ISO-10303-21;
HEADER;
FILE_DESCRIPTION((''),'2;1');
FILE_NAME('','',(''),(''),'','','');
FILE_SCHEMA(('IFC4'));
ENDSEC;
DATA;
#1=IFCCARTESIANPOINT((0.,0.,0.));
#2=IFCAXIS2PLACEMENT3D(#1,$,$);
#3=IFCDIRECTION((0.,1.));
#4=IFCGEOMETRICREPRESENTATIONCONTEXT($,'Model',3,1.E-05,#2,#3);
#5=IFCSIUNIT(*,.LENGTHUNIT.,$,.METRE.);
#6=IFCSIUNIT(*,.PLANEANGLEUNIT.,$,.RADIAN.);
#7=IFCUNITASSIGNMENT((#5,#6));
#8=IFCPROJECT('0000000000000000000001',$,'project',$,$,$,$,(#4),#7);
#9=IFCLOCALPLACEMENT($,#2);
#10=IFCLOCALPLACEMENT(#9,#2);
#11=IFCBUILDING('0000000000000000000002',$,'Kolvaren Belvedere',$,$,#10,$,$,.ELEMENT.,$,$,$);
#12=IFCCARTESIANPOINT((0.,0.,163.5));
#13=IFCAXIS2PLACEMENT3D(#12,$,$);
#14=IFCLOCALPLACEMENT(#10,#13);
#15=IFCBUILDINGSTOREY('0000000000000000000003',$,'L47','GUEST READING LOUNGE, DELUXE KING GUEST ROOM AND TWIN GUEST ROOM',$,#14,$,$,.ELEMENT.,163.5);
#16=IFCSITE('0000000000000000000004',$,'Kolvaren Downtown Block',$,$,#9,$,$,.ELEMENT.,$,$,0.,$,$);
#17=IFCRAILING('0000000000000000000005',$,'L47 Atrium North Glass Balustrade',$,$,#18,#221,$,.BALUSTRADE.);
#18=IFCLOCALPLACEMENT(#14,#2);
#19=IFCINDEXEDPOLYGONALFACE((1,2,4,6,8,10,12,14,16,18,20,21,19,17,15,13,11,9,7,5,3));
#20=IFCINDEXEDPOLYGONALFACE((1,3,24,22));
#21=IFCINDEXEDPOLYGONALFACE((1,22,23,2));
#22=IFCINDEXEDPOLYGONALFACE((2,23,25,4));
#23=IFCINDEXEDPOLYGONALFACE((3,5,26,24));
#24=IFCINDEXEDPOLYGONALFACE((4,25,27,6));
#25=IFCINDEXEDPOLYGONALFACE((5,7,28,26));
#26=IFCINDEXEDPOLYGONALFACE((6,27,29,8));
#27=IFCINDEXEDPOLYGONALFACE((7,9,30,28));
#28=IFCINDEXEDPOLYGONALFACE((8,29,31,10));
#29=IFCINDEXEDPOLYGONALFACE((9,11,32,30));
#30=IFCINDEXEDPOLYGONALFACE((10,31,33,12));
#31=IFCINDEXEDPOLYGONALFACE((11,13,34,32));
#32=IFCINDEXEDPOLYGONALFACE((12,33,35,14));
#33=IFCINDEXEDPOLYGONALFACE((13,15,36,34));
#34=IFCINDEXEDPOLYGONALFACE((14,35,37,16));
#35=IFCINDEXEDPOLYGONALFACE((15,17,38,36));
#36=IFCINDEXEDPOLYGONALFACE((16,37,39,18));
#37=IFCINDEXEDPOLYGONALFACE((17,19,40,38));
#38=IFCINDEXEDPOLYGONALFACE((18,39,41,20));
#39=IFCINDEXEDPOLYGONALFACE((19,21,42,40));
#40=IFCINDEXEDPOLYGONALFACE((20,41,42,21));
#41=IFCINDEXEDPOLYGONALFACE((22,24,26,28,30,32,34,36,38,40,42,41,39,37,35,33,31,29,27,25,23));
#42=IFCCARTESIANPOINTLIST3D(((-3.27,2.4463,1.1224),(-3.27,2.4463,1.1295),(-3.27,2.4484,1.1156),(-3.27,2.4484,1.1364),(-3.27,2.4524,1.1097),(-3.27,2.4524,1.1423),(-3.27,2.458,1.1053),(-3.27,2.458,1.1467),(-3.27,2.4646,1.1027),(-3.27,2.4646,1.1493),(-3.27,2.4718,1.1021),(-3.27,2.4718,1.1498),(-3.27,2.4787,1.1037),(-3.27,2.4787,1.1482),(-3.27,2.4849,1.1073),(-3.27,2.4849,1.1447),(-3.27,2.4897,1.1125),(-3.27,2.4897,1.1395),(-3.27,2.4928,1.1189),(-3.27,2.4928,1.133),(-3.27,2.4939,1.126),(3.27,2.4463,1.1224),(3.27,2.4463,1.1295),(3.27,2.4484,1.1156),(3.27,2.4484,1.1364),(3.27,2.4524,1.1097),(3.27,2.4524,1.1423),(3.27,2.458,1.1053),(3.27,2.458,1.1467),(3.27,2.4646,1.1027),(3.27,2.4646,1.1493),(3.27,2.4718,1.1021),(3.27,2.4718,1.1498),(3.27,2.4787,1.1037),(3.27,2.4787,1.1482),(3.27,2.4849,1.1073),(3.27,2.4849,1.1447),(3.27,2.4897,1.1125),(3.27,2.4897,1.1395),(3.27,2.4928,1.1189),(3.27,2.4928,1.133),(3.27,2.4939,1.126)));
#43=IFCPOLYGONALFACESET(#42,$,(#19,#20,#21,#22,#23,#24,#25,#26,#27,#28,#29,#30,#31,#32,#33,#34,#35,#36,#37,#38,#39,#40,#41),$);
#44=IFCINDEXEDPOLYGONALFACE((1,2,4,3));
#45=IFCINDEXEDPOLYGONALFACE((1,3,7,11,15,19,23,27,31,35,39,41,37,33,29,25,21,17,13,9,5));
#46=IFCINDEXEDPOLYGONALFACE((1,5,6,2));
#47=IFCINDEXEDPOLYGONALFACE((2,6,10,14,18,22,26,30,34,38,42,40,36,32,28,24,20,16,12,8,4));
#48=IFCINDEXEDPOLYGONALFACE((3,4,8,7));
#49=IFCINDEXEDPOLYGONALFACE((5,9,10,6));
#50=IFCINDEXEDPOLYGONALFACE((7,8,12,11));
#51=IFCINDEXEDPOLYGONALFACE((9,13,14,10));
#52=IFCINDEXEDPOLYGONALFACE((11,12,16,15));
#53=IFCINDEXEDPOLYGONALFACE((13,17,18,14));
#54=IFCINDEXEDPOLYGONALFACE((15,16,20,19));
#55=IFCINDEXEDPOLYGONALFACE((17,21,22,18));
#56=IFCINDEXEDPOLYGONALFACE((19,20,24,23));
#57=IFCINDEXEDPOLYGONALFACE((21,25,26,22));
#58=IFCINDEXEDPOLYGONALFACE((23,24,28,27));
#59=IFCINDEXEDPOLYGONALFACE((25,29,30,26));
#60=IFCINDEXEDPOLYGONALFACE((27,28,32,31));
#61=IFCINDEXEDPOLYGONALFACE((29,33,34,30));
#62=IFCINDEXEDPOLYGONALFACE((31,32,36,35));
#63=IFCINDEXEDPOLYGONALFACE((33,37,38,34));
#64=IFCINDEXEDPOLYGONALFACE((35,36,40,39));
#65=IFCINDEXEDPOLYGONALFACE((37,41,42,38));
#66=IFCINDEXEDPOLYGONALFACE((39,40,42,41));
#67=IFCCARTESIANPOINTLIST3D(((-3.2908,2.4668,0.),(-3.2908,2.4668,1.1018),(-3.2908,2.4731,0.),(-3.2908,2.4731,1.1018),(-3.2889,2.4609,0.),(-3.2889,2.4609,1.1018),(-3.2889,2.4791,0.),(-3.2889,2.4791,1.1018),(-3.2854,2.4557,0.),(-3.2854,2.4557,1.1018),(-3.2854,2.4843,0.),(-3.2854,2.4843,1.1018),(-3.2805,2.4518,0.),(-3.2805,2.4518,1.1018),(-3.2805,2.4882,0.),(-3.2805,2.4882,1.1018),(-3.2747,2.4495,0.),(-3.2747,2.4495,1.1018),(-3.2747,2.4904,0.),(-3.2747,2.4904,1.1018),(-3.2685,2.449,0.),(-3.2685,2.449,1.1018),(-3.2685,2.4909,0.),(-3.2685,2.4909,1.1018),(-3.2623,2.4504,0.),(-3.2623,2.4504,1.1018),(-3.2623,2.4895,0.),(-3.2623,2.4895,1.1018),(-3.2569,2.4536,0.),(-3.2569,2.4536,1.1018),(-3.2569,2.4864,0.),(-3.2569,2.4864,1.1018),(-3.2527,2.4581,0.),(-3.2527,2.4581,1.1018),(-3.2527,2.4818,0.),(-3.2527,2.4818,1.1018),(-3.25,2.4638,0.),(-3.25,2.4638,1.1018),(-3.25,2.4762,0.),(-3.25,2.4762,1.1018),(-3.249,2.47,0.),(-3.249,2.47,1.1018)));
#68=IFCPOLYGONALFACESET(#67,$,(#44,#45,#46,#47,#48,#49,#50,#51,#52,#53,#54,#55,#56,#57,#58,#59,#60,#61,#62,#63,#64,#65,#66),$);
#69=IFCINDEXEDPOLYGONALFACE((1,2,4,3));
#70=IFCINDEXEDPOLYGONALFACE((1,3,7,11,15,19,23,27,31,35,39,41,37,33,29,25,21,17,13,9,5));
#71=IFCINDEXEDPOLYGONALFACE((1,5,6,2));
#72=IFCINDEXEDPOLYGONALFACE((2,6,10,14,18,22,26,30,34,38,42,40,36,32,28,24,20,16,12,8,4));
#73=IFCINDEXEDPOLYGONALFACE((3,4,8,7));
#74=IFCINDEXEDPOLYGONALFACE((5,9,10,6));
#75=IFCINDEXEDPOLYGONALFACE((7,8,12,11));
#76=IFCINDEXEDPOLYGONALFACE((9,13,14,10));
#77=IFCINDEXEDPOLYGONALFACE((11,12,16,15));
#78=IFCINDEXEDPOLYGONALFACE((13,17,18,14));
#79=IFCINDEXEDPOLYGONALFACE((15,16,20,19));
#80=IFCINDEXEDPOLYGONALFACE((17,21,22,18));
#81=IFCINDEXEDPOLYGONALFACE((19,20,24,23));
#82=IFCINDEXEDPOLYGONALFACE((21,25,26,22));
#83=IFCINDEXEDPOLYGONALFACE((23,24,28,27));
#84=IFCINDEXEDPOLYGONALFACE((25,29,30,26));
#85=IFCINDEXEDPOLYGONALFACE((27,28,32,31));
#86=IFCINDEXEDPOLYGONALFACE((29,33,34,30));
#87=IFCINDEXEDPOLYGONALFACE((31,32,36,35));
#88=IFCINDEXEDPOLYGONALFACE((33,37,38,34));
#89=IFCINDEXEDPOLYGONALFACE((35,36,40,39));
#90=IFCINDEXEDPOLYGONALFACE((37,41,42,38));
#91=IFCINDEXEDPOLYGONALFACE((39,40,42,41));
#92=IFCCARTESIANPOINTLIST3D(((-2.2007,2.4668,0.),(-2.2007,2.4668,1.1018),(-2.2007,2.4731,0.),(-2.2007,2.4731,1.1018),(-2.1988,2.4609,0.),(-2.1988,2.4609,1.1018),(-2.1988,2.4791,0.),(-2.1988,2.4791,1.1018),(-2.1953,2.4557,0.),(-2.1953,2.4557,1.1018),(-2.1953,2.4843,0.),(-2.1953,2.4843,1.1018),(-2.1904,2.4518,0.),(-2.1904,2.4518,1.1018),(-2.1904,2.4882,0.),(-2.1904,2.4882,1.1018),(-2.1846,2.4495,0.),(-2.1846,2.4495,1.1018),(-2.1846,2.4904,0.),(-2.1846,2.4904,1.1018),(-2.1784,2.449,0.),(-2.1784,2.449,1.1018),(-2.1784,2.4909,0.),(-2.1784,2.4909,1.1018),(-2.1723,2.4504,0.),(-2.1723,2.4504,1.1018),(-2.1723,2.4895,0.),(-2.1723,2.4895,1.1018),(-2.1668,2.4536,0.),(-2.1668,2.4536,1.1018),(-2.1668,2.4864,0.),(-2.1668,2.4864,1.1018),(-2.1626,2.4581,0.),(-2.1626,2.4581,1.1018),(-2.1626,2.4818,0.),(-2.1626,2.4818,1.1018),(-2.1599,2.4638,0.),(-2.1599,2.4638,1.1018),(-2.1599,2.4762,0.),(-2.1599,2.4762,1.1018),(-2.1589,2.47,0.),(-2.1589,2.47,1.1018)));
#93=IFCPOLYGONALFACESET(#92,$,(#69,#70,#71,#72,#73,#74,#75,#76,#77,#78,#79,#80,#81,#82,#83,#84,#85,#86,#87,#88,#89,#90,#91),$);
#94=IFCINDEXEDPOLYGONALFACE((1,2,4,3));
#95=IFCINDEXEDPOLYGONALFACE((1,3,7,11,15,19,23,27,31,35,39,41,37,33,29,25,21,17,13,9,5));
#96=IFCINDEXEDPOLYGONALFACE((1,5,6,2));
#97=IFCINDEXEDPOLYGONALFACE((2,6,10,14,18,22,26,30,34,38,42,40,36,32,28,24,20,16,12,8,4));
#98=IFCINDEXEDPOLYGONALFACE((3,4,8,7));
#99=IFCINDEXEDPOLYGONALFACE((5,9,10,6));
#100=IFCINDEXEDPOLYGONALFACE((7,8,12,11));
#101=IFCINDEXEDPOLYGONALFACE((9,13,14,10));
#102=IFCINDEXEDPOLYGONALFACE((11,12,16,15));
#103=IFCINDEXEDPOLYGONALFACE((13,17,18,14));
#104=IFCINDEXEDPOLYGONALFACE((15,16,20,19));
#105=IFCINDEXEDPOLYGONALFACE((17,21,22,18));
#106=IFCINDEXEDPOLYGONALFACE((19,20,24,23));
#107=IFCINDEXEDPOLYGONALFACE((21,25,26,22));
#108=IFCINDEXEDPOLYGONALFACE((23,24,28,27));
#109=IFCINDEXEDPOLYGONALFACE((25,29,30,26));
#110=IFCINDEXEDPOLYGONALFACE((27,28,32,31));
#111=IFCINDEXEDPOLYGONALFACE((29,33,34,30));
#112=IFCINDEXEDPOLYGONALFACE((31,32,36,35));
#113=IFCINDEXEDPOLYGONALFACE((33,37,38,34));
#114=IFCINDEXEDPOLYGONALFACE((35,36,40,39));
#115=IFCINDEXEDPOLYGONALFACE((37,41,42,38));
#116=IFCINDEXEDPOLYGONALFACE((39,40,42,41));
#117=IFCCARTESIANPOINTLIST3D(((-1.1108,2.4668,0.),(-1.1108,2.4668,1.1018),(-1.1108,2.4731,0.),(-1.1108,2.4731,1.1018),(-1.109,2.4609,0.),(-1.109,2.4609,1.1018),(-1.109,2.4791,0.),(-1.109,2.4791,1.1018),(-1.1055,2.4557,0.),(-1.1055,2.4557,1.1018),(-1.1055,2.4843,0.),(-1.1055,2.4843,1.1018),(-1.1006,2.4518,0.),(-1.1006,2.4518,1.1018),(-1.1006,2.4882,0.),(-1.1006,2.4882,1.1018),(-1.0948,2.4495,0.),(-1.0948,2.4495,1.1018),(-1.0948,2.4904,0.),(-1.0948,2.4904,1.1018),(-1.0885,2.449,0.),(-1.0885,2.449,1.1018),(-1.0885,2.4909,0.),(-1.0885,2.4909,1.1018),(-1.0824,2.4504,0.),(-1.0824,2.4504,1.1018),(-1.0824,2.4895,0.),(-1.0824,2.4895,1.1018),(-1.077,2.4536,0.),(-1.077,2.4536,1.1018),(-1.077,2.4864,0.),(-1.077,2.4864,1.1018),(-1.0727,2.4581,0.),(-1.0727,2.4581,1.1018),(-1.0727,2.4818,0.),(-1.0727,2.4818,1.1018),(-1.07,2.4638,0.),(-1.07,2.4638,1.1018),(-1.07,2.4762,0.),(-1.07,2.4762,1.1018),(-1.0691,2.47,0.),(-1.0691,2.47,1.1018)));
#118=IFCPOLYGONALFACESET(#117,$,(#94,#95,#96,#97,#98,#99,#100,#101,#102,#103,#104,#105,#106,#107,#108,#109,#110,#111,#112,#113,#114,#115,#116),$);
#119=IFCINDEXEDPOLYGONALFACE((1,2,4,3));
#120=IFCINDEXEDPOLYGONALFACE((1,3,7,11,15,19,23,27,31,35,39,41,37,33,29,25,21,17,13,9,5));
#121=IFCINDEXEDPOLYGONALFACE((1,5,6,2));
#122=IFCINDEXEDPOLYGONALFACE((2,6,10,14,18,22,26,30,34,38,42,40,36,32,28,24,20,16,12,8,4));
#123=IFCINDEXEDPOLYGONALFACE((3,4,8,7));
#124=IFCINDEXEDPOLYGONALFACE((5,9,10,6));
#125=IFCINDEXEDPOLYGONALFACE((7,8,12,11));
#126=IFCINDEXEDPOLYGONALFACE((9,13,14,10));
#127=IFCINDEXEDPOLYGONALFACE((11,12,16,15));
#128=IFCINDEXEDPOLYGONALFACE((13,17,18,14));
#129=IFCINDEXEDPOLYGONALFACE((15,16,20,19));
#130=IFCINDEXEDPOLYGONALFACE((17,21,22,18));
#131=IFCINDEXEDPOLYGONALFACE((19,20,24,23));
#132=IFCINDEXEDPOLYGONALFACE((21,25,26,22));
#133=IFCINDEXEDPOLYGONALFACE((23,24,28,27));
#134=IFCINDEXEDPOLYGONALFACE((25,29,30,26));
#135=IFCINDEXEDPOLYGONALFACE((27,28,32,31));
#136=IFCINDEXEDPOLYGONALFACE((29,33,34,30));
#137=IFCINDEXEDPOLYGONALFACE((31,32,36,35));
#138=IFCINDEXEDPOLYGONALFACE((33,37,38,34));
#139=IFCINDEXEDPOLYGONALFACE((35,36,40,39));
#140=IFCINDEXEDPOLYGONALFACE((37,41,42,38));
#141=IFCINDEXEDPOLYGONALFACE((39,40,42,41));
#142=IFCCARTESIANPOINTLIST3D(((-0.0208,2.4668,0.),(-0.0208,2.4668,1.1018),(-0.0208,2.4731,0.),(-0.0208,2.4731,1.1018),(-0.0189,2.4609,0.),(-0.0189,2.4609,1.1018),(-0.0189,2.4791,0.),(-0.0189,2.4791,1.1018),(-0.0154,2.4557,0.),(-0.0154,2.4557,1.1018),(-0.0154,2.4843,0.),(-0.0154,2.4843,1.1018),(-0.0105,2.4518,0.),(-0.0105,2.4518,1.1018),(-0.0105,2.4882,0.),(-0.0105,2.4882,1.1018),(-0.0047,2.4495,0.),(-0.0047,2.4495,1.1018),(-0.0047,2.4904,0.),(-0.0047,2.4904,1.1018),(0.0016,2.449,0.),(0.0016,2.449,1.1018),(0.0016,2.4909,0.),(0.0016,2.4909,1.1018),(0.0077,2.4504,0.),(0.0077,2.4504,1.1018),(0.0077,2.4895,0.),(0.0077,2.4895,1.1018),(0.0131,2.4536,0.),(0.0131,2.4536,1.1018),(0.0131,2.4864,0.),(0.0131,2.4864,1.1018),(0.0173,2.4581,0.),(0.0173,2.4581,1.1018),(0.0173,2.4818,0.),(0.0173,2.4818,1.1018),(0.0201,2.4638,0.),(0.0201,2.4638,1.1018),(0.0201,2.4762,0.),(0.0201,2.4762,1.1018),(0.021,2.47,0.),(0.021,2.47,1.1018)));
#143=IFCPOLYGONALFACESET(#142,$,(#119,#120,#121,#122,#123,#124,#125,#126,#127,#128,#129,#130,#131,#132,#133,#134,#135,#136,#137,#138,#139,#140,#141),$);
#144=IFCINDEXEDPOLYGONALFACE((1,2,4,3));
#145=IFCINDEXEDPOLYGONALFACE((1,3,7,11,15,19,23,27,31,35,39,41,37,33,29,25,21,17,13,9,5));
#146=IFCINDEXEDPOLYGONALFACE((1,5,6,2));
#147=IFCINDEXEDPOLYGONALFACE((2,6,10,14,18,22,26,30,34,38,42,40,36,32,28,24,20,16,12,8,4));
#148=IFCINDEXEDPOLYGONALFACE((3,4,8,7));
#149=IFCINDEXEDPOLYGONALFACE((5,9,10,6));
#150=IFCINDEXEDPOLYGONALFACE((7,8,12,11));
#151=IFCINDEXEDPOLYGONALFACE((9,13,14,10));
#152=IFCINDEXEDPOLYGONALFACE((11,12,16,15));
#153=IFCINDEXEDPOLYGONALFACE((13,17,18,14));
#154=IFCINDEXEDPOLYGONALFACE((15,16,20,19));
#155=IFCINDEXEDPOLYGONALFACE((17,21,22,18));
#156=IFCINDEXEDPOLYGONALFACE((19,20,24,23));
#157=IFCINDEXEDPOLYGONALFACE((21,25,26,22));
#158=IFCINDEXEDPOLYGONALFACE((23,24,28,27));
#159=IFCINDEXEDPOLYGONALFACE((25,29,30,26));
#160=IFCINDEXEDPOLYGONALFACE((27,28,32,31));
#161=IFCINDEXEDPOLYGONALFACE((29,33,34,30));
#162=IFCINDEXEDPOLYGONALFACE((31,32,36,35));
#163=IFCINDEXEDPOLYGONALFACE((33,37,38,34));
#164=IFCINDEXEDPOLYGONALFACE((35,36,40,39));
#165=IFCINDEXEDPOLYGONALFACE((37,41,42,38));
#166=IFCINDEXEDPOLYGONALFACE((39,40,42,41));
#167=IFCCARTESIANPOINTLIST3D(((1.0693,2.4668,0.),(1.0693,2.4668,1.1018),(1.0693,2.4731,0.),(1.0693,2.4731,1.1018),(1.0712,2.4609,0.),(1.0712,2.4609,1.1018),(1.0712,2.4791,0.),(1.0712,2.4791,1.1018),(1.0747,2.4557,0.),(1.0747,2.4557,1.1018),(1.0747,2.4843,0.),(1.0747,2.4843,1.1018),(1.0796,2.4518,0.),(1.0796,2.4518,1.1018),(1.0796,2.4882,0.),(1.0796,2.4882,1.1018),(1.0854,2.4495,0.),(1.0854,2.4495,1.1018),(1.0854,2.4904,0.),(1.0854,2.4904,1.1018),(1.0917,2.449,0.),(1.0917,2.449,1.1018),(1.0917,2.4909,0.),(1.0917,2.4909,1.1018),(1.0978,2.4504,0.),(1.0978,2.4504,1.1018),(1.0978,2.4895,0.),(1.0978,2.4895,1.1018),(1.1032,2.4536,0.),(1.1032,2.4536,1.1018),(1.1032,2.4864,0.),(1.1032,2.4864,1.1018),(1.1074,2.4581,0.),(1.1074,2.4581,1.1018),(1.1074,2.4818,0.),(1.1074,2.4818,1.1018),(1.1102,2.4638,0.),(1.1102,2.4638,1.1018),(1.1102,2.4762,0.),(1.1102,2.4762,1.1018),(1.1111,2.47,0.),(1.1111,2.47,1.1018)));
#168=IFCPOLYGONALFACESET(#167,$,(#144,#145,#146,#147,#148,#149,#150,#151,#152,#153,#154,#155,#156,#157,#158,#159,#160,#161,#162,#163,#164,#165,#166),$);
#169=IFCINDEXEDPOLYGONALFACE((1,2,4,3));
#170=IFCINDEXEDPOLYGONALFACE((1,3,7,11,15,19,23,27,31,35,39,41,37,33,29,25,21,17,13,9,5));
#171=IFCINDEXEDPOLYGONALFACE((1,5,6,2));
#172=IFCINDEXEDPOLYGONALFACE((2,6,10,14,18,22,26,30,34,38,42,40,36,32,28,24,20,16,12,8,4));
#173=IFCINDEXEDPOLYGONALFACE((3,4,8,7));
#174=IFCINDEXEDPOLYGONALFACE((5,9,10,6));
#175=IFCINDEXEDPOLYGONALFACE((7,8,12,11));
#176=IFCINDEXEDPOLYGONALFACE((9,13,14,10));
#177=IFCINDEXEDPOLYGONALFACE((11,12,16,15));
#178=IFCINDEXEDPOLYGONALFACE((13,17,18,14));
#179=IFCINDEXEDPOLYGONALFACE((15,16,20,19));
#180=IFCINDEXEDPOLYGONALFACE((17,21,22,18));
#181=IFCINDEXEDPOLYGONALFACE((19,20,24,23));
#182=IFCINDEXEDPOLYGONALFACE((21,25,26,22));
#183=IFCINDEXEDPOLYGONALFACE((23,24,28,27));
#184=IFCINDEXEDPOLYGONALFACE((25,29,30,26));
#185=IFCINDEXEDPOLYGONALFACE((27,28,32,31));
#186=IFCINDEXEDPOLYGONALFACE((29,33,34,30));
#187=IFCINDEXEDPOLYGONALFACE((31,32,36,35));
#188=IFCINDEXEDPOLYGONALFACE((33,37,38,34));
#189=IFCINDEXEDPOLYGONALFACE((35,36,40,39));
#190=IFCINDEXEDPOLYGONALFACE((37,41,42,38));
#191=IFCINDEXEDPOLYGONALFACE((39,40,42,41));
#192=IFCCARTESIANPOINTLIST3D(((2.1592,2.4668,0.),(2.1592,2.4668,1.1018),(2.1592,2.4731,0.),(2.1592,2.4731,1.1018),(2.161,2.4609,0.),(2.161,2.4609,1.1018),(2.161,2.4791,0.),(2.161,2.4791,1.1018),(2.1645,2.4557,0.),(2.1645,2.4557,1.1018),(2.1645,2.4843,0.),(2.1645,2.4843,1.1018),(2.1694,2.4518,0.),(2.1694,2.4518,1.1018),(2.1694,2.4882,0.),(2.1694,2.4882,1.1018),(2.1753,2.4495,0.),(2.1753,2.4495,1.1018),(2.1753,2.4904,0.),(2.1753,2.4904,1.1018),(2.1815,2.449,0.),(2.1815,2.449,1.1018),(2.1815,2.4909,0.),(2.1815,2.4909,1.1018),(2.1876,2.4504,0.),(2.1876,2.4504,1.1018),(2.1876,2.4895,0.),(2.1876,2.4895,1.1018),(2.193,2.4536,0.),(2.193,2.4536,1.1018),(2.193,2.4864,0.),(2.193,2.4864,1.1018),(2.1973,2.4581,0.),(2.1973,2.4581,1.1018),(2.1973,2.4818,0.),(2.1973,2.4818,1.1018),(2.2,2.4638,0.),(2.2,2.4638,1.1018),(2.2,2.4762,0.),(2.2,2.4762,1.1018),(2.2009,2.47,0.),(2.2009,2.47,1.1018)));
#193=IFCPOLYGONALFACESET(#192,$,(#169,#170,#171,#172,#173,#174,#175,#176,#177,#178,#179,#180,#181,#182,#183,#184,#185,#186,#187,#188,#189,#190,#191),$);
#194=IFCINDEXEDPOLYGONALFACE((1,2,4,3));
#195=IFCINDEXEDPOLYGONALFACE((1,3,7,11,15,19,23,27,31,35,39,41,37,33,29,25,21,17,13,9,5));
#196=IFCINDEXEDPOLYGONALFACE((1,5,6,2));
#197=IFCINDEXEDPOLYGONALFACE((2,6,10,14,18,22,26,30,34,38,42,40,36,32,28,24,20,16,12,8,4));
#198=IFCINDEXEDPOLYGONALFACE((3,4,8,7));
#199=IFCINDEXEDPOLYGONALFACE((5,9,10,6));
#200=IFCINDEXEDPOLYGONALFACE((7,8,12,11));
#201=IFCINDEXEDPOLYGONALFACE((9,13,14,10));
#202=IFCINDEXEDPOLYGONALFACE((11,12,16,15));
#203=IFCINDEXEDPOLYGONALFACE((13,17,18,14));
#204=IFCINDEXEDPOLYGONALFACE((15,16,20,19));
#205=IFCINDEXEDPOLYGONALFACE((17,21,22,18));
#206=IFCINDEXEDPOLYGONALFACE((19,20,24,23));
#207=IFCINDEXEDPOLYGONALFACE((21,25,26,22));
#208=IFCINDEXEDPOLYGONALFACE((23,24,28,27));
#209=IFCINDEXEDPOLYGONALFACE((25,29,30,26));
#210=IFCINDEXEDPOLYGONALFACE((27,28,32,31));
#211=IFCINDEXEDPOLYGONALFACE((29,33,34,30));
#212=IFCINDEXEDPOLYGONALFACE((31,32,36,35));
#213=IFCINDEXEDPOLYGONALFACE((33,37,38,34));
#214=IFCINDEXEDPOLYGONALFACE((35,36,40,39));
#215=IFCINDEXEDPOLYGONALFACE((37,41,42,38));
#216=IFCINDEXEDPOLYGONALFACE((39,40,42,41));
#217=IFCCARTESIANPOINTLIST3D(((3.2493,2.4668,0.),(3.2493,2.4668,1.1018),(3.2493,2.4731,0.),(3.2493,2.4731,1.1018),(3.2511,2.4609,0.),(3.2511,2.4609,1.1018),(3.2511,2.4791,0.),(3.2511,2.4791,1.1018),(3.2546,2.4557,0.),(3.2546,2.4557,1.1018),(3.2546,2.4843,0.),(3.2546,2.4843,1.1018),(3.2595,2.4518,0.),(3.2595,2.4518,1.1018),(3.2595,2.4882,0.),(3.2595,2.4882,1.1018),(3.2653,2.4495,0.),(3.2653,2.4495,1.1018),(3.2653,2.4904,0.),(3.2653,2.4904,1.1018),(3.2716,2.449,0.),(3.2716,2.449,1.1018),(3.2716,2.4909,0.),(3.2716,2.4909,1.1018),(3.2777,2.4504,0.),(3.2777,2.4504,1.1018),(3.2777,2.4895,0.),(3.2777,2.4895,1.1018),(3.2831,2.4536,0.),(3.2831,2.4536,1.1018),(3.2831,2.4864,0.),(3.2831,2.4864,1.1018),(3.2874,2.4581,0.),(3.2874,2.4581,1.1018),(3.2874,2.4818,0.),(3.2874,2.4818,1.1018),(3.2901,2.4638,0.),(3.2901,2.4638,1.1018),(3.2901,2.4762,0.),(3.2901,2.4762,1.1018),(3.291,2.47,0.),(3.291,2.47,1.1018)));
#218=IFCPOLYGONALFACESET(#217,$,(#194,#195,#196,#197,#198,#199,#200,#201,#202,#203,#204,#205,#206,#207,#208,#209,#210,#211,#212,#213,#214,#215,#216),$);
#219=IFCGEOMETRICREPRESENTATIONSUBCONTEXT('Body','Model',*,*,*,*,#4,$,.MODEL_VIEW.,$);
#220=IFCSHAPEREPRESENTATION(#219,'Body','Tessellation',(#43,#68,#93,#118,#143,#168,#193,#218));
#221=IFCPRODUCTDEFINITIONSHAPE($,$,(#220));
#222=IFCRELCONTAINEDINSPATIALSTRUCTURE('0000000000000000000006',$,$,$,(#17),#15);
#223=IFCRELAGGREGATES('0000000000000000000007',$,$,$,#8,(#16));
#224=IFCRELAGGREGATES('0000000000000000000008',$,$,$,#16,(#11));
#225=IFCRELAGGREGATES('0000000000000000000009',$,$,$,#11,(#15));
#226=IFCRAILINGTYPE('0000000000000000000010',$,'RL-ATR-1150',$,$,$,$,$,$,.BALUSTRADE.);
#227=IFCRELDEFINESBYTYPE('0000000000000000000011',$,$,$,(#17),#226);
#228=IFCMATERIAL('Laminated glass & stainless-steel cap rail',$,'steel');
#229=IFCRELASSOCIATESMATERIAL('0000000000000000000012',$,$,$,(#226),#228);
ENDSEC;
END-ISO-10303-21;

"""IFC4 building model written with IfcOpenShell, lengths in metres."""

from ifc_helpers import new_model, si_unit, direction, frame, origin, origin_2d, place, context, subcontext, project, spatial, circle, extrude, material, type_object, element, save


model = new_model("IFC4")

# Units and contexts
model_context = context("Model", 3, precision=1e-05, world=origin(), true_north=direction((0.0, 1.0)))
body_context = subcontext(model_context, "Body", "Model", "MODEL_VIEW")
ifc_project = project(units=[si_unit("LENGTHUNIT", "METRE"), si_unit("PLANEANGLEUNIT", "RADIAN")], contexts=[model_context])

# Site, building, storey
site_placement = place(None, origin())
site = spatial("IfcSite", under=ifc_project, at=site_placement, Name="Kolvaren Downtown Block", CompositionType="ELEMENT", RefElevation=0.0)
building_placement = place(site_placement, origin())
building = spatial("IfcBuilding", under=site, at=building_placement, Name="Kolvaren Belvedere", CompositionType="ELEMENT")
storey_placement = place(building_placement, frame((0.0, 0.0, 163.5)))
storey = spatial("IfcBuildingStorey", under=building, at=storey_placement, Name="L47", Description="GUEST READING LOUNGE, DELUXE KING GUEST ROOM AND TWIN GUEST ROOM", CompositionType="ELEMENT", Elevation=163.5)

# Railing
ifc_material_1 = material(Name="Laminated glass & stainless-steel cap rail", Category="steel")
railing_type_1 = type_object("IfcRailingType", Name="RL-ATR-1150", PredefinedType="BALUSTRADE", material=ifc_material_1)
railing_1_placement = place(storey_placement, frame((-3.27, 2.47, 0.0)))
element("IfcRailing", 1, at=railing_1_placement, inside=storey, type_object=railing_type_1, Name="L47 Atrium North Glass Balustrade", PredefinedType="BALUSTRADE", context=body_context, shape_type="SweptSolid", body=[
    extrude(circle(Radius=0.0239, at=origin_2d()), frame((0.0, 0.0, 1.126), z_axis=(1.0, 0.0, 0.0), x_axis=(0.0, 1.0, 0.0)), (0.0, 0.0, 1.0), 6.54),
    extrude(circle(Radius=0.021, at=origin_2d()), origin(), (0.0, 0.0, 1.0), 1.1018),
    extrude(circle(Radius=0.021, at=origin_2d()), frame((1.0901, 0.0, 0.0)), (0.0, 0.0, 1.0), 1.1018),
    extrude(circle(Radius=0.021, at=origin_2d()), frame((2.1799, 0.0, 0.0)), (0.0, 0.0, 1.0), 1.1018),
    extrude(circle(Radius=0.021, at=origin_2d()), frame((3.27, 0.0, 0.0)), (0.0, 0.0, 1.0), 1.1018),
    extrude(circle(Radius=0.021, at=origin_2d()), frame((4.3601, 0.0, 0.0)), (0.0, 0.0, 1.0), 1.1018),
    extrude(circle(Radius=0.021, at=origin_2d()), frame((5.45, 0.0, 0.0)), (0.0, 0.0, 1.0), 1.1018),
    extrude(circle(Radius=0.021, at=origin_2d()), frame((6.54, 0.0, 0.0)), (0.0, 0.0, 1.0), 1.1018),
])

save(model, "model.ifc")
